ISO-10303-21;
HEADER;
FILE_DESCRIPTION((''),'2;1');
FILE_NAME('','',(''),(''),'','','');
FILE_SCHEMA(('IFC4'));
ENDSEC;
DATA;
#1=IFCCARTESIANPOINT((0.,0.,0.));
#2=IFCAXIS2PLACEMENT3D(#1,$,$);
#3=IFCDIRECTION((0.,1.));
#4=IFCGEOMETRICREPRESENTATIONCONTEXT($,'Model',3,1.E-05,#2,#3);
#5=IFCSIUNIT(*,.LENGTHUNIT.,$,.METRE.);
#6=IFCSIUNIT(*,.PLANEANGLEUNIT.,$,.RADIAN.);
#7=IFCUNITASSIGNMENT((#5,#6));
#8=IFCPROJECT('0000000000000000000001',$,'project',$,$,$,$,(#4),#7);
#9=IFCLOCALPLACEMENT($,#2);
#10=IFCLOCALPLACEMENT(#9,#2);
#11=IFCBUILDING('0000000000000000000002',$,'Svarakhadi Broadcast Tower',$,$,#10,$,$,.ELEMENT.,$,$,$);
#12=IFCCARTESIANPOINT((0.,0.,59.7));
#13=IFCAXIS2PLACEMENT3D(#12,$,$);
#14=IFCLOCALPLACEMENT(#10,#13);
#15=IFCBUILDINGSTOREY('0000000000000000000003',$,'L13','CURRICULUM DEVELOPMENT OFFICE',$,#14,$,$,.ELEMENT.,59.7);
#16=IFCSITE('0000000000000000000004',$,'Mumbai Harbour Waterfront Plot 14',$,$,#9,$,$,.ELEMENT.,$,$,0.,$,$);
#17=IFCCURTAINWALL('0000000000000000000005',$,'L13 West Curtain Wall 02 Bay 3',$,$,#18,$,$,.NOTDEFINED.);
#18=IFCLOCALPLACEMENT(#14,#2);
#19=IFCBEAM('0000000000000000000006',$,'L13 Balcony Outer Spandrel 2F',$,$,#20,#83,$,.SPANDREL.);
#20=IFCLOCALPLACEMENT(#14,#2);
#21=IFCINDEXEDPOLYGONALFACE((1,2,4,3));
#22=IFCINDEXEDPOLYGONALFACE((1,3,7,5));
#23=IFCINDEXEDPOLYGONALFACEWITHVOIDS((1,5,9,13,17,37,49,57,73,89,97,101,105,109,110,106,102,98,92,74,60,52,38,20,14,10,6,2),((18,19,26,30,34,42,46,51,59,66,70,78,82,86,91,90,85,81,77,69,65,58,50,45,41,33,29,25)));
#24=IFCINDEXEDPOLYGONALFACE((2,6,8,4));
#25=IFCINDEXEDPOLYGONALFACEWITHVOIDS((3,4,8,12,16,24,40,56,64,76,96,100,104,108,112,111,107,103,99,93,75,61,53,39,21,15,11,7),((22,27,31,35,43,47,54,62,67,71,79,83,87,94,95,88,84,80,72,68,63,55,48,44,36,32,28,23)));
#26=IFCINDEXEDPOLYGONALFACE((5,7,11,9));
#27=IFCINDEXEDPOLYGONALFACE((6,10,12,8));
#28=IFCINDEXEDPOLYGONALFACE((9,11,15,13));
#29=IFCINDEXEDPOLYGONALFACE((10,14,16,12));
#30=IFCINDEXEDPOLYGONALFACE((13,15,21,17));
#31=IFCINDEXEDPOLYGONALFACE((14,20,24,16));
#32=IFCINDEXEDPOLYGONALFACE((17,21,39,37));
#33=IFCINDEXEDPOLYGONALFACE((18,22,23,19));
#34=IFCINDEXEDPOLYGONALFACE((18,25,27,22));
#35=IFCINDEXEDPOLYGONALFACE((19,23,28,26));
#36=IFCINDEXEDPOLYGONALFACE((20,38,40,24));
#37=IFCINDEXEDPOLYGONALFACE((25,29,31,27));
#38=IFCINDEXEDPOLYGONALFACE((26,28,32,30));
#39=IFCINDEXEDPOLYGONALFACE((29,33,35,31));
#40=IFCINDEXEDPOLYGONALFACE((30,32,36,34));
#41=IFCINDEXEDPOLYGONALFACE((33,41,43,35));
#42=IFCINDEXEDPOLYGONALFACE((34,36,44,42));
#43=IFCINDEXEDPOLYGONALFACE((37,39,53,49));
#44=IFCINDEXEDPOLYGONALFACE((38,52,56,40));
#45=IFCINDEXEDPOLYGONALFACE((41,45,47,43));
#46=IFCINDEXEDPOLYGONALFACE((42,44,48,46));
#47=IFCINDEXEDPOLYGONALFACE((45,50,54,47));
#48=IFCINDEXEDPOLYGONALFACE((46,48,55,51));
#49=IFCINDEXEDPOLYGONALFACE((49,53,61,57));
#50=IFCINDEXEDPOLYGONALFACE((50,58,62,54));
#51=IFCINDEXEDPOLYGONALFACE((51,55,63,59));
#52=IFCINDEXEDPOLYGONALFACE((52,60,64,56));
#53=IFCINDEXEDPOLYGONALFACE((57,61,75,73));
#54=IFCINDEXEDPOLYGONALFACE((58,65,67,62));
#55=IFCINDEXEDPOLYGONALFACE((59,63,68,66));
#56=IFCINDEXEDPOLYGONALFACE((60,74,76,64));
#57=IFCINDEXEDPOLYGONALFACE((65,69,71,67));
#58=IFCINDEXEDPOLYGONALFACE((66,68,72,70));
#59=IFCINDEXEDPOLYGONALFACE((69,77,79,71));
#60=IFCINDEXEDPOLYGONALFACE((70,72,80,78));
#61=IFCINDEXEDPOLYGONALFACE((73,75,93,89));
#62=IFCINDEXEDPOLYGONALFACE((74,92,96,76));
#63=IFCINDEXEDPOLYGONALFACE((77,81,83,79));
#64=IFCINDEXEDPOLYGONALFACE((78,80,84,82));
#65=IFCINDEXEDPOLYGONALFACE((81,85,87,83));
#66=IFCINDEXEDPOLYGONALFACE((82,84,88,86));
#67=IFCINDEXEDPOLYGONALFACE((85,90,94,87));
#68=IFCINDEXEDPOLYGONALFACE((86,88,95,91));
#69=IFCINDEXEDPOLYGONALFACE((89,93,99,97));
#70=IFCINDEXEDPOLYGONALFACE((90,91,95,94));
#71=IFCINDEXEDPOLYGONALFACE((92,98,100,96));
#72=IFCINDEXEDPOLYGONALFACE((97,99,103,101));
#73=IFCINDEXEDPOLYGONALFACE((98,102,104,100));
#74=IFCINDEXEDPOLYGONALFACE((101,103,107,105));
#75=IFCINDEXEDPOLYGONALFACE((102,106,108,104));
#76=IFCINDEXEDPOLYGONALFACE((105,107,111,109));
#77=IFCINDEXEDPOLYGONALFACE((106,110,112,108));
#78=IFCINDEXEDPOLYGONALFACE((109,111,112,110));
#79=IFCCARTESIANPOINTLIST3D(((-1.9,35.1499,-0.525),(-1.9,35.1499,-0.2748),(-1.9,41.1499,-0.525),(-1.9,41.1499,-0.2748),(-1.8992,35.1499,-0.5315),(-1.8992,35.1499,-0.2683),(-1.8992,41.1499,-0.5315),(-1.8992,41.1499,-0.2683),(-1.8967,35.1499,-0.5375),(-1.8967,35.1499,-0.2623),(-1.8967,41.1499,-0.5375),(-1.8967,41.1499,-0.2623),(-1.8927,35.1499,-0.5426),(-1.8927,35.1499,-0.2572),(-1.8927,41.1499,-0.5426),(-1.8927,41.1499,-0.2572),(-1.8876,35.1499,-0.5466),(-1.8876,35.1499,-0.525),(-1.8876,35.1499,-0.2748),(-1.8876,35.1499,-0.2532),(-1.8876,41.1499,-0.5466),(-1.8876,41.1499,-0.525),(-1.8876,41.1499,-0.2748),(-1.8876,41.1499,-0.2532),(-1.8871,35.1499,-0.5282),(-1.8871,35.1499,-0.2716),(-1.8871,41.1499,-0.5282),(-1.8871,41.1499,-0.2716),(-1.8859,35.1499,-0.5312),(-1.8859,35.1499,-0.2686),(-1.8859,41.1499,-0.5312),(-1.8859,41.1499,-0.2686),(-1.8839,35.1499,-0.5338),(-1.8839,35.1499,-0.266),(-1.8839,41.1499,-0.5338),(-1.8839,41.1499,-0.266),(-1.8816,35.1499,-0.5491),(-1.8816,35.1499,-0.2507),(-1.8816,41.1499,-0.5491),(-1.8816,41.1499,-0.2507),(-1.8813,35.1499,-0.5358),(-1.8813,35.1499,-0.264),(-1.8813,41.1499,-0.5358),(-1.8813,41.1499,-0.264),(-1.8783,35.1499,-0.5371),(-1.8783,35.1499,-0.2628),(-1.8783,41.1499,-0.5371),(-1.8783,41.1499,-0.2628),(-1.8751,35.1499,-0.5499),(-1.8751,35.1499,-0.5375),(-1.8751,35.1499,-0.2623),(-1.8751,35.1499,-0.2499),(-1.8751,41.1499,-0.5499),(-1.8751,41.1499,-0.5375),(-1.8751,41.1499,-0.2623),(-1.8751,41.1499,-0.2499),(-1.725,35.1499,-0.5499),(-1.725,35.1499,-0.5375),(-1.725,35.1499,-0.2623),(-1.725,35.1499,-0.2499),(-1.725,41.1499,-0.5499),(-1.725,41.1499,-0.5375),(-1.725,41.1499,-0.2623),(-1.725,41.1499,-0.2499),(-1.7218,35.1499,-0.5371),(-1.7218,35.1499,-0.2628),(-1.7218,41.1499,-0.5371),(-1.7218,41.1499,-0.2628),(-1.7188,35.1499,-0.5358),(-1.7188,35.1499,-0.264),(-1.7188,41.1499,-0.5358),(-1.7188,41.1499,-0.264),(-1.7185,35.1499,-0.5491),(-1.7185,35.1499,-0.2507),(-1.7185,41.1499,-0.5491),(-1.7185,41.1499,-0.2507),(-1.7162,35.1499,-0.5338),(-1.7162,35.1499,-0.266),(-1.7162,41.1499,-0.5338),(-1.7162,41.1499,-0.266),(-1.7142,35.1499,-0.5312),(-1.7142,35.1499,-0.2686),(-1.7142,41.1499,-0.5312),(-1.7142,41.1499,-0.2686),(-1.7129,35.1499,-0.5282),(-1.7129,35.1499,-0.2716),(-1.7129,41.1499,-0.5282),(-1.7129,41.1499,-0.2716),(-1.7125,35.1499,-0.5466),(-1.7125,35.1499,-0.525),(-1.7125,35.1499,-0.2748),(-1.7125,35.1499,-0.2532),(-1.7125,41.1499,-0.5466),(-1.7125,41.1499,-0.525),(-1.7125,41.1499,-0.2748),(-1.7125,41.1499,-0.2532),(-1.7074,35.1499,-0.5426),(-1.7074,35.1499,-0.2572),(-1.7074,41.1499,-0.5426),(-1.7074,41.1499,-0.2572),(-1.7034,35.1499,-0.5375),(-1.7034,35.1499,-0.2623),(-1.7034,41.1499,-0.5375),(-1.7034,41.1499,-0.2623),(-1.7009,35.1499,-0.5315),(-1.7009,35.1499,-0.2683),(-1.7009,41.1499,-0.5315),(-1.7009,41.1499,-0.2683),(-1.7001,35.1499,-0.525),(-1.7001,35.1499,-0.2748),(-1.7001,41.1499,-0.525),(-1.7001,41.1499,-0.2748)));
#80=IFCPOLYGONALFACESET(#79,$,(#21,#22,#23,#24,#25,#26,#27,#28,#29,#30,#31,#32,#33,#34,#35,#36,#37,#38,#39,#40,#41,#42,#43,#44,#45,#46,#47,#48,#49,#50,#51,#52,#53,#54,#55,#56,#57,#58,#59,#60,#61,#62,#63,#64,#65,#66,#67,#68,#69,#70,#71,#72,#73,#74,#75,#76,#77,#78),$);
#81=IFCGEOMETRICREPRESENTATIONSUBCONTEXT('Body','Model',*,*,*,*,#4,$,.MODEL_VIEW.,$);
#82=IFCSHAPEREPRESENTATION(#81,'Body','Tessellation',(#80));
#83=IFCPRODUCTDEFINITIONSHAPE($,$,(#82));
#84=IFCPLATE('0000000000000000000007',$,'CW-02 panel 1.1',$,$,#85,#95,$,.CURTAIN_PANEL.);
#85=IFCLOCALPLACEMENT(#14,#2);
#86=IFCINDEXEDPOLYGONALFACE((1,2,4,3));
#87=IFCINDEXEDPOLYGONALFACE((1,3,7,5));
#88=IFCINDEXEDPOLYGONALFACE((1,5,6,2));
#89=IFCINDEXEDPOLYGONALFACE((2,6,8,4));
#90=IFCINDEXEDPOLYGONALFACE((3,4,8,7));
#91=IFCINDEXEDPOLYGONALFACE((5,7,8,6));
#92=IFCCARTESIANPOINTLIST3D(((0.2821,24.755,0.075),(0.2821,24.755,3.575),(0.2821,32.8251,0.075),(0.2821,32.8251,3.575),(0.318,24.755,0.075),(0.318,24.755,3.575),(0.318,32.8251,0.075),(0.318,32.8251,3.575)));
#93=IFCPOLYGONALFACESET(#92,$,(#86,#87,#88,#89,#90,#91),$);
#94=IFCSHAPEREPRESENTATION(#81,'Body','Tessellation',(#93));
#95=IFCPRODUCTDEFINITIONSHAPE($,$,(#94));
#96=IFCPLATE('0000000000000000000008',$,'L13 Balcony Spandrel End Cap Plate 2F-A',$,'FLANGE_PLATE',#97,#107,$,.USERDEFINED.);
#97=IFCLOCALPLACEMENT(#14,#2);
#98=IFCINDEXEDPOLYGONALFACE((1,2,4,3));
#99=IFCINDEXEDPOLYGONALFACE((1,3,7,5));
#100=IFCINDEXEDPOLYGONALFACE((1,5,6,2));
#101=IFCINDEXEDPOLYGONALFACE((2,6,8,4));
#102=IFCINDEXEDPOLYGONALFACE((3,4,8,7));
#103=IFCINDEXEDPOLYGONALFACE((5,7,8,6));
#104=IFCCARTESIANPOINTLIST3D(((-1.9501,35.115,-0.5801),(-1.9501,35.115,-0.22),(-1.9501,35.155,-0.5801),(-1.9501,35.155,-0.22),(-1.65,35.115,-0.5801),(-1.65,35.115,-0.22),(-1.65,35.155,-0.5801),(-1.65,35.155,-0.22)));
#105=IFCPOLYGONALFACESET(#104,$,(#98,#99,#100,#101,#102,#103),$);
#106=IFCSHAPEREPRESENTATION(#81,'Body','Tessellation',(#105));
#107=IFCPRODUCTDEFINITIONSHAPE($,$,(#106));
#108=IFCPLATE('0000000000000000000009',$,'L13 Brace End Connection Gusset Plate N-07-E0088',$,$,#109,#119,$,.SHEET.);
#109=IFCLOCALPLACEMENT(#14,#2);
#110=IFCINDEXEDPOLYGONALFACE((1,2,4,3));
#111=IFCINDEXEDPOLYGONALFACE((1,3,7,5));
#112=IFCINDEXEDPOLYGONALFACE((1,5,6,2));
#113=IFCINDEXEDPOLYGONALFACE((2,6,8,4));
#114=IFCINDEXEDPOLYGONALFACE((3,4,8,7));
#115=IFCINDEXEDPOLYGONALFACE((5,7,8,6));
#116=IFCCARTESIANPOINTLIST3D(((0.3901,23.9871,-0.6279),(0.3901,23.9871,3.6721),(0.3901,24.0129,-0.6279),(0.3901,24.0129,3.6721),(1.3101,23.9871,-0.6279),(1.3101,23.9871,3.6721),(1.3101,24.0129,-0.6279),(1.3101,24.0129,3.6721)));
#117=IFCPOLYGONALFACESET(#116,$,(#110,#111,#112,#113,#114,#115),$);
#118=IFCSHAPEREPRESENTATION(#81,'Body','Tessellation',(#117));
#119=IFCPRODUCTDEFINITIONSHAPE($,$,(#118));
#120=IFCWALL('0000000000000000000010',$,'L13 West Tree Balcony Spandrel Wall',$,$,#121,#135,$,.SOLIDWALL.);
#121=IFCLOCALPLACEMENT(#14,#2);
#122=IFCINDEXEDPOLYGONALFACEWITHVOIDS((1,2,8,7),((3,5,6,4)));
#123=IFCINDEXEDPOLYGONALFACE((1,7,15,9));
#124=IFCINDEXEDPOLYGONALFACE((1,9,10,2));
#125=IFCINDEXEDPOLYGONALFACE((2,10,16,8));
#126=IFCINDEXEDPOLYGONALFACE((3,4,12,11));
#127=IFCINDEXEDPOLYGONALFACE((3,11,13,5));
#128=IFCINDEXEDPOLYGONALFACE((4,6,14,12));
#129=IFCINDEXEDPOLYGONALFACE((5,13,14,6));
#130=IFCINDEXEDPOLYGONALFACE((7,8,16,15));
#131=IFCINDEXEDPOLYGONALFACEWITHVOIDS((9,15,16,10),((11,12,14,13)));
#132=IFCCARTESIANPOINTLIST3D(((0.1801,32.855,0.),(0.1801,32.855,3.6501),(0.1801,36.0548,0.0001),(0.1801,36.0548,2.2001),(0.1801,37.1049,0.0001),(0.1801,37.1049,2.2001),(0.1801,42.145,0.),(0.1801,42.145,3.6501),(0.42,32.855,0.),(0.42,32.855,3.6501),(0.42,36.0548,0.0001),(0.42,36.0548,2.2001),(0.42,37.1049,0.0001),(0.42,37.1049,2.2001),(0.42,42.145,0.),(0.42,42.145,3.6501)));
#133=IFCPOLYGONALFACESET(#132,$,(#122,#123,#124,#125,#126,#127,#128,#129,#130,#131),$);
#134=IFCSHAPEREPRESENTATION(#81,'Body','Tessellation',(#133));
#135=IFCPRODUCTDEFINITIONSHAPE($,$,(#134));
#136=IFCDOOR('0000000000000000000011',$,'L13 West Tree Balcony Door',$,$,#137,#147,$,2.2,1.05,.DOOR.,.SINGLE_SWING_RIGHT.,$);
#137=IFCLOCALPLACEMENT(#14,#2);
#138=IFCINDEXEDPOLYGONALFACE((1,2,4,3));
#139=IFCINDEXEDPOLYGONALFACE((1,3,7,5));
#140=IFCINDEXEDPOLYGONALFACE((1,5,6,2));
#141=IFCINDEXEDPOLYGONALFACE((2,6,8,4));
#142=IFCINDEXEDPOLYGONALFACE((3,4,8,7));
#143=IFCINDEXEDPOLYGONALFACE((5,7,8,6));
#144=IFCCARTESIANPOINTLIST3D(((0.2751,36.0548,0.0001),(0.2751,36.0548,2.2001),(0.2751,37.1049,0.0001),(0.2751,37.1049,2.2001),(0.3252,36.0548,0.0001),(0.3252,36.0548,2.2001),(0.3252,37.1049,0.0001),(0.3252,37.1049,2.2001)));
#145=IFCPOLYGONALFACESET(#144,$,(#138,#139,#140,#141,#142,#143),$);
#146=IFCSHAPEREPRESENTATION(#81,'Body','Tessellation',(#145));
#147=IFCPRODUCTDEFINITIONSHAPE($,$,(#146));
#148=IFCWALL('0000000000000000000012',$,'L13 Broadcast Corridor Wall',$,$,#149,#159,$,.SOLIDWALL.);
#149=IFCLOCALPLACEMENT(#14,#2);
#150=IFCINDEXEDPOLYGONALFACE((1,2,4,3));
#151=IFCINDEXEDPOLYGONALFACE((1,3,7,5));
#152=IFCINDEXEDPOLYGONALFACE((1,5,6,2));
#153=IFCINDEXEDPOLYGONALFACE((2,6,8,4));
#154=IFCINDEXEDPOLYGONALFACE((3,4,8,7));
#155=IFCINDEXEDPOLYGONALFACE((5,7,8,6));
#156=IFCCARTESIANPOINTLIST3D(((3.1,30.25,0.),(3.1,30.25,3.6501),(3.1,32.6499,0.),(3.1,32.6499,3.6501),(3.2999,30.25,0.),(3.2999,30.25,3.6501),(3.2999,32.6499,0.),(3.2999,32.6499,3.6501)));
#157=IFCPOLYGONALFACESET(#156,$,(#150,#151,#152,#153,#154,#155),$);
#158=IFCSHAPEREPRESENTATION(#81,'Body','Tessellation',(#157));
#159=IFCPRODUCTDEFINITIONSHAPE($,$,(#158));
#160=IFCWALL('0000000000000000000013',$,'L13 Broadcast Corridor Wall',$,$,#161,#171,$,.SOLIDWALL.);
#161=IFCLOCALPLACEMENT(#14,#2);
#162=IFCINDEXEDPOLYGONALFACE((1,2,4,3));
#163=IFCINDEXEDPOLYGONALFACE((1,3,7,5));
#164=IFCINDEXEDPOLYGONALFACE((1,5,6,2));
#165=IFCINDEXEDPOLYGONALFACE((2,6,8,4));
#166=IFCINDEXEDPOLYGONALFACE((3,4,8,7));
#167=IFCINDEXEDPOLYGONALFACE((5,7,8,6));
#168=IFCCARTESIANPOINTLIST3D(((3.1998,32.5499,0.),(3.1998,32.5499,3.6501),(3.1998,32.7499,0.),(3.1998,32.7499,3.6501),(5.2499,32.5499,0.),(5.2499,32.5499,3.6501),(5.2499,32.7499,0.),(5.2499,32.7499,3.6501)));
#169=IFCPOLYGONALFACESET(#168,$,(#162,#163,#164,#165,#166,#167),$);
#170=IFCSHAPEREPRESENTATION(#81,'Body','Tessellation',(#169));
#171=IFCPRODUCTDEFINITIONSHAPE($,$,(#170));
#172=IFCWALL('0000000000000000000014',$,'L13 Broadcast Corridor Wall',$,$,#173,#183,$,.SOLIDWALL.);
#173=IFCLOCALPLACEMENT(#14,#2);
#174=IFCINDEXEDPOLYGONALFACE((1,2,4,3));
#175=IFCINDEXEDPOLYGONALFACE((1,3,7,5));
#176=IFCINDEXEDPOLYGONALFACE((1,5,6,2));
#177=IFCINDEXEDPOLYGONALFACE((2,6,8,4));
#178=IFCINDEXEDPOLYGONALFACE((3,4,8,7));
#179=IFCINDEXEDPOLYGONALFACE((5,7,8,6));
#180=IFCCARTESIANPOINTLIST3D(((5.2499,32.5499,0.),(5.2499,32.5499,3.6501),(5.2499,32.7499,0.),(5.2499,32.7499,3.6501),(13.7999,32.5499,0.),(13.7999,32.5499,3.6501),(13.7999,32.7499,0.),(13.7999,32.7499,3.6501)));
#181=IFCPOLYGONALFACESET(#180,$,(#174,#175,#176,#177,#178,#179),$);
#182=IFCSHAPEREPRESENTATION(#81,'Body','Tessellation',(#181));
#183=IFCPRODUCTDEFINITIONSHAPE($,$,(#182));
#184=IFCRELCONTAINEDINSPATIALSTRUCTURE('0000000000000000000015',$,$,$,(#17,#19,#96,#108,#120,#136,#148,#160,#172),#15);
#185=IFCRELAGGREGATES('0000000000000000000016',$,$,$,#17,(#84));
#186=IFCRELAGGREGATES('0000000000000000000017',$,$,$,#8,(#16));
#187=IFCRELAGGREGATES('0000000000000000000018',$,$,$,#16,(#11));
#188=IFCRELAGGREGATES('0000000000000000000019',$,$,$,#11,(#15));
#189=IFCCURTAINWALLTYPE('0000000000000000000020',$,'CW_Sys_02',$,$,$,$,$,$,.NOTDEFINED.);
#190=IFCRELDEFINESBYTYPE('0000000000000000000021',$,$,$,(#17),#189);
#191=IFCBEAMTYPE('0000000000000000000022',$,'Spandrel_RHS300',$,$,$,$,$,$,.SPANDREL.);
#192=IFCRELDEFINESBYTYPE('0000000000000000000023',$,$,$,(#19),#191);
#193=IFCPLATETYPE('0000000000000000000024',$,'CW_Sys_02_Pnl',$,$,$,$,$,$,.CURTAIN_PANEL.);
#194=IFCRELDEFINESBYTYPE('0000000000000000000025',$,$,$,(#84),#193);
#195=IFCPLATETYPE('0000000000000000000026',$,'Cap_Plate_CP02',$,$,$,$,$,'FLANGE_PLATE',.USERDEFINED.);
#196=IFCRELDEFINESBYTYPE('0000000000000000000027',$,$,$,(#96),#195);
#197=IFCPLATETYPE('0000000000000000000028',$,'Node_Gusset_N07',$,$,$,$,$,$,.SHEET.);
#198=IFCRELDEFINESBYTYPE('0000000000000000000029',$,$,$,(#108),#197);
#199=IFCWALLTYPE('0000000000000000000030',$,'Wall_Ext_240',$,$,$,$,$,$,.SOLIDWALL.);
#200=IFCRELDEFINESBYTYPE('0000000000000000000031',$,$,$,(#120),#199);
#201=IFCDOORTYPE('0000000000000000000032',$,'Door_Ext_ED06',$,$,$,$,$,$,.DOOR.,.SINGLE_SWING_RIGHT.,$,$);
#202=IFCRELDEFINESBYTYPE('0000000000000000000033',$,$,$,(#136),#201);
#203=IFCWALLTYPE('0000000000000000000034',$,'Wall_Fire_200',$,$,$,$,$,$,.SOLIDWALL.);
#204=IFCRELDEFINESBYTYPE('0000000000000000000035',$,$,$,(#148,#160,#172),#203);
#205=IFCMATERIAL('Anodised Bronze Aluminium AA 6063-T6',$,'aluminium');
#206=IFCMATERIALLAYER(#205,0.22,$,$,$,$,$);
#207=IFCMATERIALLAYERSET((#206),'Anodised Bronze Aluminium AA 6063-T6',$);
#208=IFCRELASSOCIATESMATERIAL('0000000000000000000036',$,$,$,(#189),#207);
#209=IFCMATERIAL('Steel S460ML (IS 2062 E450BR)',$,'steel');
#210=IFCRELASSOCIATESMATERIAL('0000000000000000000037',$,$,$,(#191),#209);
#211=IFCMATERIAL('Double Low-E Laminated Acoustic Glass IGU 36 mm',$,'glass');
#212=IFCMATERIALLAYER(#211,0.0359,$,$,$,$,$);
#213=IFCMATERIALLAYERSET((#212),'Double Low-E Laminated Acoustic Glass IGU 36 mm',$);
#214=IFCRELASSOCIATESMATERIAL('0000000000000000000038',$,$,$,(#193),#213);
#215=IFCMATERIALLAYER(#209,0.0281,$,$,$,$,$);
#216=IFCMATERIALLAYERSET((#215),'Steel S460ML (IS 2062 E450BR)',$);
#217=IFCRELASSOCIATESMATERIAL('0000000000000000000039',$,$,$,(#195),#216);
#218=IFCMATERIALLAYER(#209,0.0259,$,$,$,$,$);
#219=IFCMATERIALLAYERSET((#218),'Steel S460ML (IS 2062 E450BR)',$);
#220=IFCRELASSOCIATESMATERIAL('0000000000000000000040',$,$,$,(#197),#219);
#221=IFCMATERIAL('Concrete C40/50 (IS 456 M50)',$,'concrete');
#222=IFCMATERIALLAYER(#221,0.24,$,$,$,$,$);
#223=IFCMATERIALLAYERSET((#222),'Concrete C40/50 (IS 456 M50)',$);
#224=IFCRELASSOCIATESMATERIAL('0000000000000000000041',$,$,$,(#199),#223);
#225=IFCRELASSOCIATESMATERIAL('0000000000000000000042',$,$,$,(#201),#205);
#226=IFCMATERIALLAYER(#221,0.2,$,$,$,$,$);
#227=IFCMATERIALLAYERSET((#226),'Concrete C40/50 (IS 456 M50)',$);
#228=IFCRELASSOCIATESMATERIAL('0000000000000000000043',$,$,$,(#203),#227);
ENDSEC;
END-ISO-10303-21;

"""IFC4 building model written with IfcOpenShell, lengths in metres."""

from ifc_helpers import new_model, si_unit, direction, frame, frame_2d, origin, origin_2d, place, context, subcontext, project, spatial, rectangle, hollow_rectangle, extrude, material, layer, layer_set, material_profile, profile_set, type_object, element, fill, aggregate, save


model = new_model("IFC4")

# Units and contexts
model_context = context("Model", 3, precision=1e-05, world=origin(), true_north=direction((0.0, 1.0)))
body_context = subcontext(model_context, "Body", "Model", "MODEL_VIEW")
ifc_project = project(units=[si_unit("LENGTHUNIT", "METRE"), si_unit("PLANEANGLEUNIT", "RADIAN")], contexts=[model_context])

# Site, building, storey
site_placement = place(None, origin())
site = spatial("IfcSite", under=ifc_project, at=site_placement, Name="Mumbai Harbour Waterfront Plot 14", CompositionType="ELEMENT", RefElevation=0.0)
building_placement = place(site_placement, origin())
building = spatial("IfcBuilding", under=site, at=building_placement, Name="Svarakhadi Broadcast Tower", CompositionType="ELEMENT")
storey_placement = place(building_placement, frame((0.0, 0.0, 59.7)))
storey = spatial("IfcBuildingStorey", under=building, at=storey_placement, Name="L13", Description="CURRICULUM DEVELOPMENT OFFICE", CompositionType="ELEMENT", Elevation=59.7)

# Shared definitions
ifc_material_1 = material(Name="Steel S460ML (IS 2062 E450BR)", Category="steel")

# Curtain wall
ifc_material_2 = material(Name="Anodised Bronze Aluminium AA 6063-T6", Category="aluminium")
ifc_layer_1 = layer(ifc_material_2, 0.22)
ifc_layer_set_1 = layer_set([ifc_layer_1], Name="Anodised Bronze Aluminium AA 6063-T6")
curtain_wall_type = type_object("IfcCurtainWallType", Name="CW_Sys_02", PredefinedType="NOTDEFINED", material=ifc_layer_set_1)
curtain_wall_placement = place(storey_placement, origin())
curtain_wall = element("IfcCurtainWall", 1, at=curtain_wall_placement, inside=storey, type_object=curtain_wall_type, Name="L13 West Curtain Wall 02 Bay 3", PredefinedType="NOTDEFINED")

# Beam
ifc_material_profile_1 = material_profile(ifc_material_1, hollow_rectangle(XDim=0.2, YDim=0.3, WallThickness=0.0125, InnerFilletRadius=0.0125, OuterFilletRadius=0.0249, at=origin_2d()), Name="RHS 300x200x12.5")
ifc_profile_set_1 = profile_set([ifc_material_profile_1], Name="Steel S460ML (IS 2062 E450BR)")
beam_type_1 = type_object("IfcBeamType", Name="Spandrel_RHS300", PredefinedType="SPANDREL", material=ifc_profile_set_1)
beam_1_placement = place(storey_placement, frame((-1.8, 35.1499, -0.3999), z_axis=(0.0, 1.0, 0.0), x_axis=(-1.0, 0.0, 0.0)))
element("IfcBeam", 2, at=beam_1_placement, inside=storey, type_object=beam_type_1, Name="L13 Balcony Outer Spandrel 2F", PredefinedType="SPANDREL", context=body_context, shape_type="SweptSolid", body=[
    extrude(hollow_rectangle(XDim=0.2, YDim=0.3, WallThickness=0.0125, InnerFilletRadius=0.0125, OuterFilletRadius=0.0249, at=origin_2d()), origin(), (0.0, 0.0, 1.0), 6.0),
])

# Plate
ifc_material_3 = material(Name="Double Low-E Laminated Acoustic Glass IGU 36 mm", Category="glass")
ifc_layer_2 = layer(ifc_material_3, 0.0359)
ifc_layer_set_2 = layer_set([ifc_layer_2], Name="Double Low-E Laminated Acoustic Glass IGU 36 mm")
plate_type_1 = type_object("IfcPlateType", Name="CW_Sys_02_Pnl", PredefinedType="CURTAIN_PANEL", material=ifc_layer_set_2)
plate_1_placement = place(storey_placement, frame((0.3, 28.79, 0.075), z_axis=(0.0, 0.0, 1.0), x_axis=(0.0, 1.0, 0.0)))
plate_1 = element("IfcPlate", 3, at=plate_1_placement, type_object=plate_type_1, Name="CW-02 panel 1.1", PredefinedType="CURTAIN_PANEL", context=body_context, shape_type="SweptSolid", body=[
    extrude(rectangle(XDim=8.0701, YDim=0.0359, at=origin_2d()), origin(), (0.0, 0.0, 1.0), 3.5),
])
aggregate(curtain_wall, [plate_1])

# Plates
ifc_layer_3 = layer(ifc_material_1, 0.0281)
ifc_layer_set_3 = layer_set([ifc_layer_3], Name="Steel S460ML (IS 2062 E450BR)")
plate_type_2 = type_object("IfcPlateType", Name="Cap_Plate_CP02", ElementType="FLANGE_PLATE", PredefinedType="USERDEFINED", material=ifc_layer_set_3)
plate_2_placement = place(storey_placement, frame((-1.8, 35.135, -0.5801), z_axis=(0.0, 0.0, 1.0), x_axis=(1.0, 0.0, 0.0)))
element("IfcPlate", 4, at=plate_2_placement, inside=storey, type_object=plate_type_2, Name="L13 Balcony Spandrel End Cap Plate 2F-A", ObjectType="FLANGE_PLATE", PredefinedType="USERDEFINED", context=body_context, shape_type="SweptSolid", body=[
    extrude(rectangle(XDim=0.3, YDim=0.04, at=origin_2d()), origin(), (0.0, 0.0, 1.0), 0.3601),
])
ifc_layer_4 = layer(ifc_material_1, 0.0259)
ifc_layer_set_4 = layer_set([ifc_layer_4], Name="Steel S460ML (IS 2062 E450BR)")
plate_type_3 = type_object("IfcPlateType", Name="Node_Gusset_N07", PredefinedType="SHEET", material=ifc_layer_set_4)
plate_3_placement = place(storey_placement, frame((0.8501, 24.0, -0.6279), z_axis=(0.0, 0.0, 1.0), x_axis=(1.0, 0.0, 0.0)))
element("IfcPlate", 5, at=plate_3_placement, inside=storey, type_object=plate_type_3, Name="L13 Brace End Connection Gusset Plate N-07-E0088", PredefinedType="SHEET", context=body_context, shape_type="SweptSolid", body=[
    extrude(rectangle(XDim=0.9199, YDim=0.0259, at=origin_2d()), origin(), (0.0, 0.0, 1.0), 4.3),
])

# Wall, opening, door
ifc_material_4 = material(Name="Concrete C40/50 (IS 456 M50)", Category="concrete")
ifc_layer_5 = layer(ifc_material_4, 0.24)
ifc_layer_set_5 = layer_set([ifc_layer_5], Name="Concrete C40/50 (IS 456 M50)")
wall_type_1 = type_object("IfcWallType", Name="Wall_Ext_240", PredefinedType="SOLIDWALL", material=ifc_layer_set_5)
wall_1_placement = place(storey_placement, frame((0.3, 32.855, 0.0), z_axis=(0.0, 0.0, 1.0), x_axis=(0.0, 1.0, 0.0)))
wall_1 = element("IfcWall", 6, at=wall_1_placement, inside=storey, type_object=wall_type_1, Name="L13 West Tree Balcony Spandrel Wall", PredefinedType="SOLIDWALL", context=body_context, shape_type="SweptSolid", body=[
    extrude(rectangle(XDim=9.29, YDim=0.24, at=frame_2d((4.645, 0.0))), origin(), (0.0, 0.0, 1.0), 3.6501),
])
opening_1_placement = place(wall_1_placement, frame((3.2, 0.0, 0.0)))
opening_1 = element("IfcOpeningElement", 7, at=opening_1_placement, cuts=wall_1, PredefinedType="OPENING", context=body_context, shape_type="SweptSolid", body=[
    extrude(rectangle(XDim=1.05, YDim=2.2, at=frame_2d((0.5249, 1.1001))), frame((0.0, 0.1299, 0.0), z_axis=(0.0, -1.0, 0.0), x_axis=(1.0, 0.0, 0.0)), (0.0, 0.0, 1.0), 0.26),
])
door_type_1 = type_object("IfcDoorType", Name="Door_Ext_ED06", OperationType="SINGLE_SWING_RIGHT", PredefinedType="DOOR", material=ifc_material_2)
door_1_placement = place(opening_1_placement, origin())
door_1 = element("IfcDoor", 8, at=door_1_placement, inside=storey, type_object=door_type_1, Name="L13 West Tree Balcony Door", OperationType="SINGLE_SWING_RIGHT", OverallHeight=2.2, OverallWidth=1.05, PredefinedType="DOOR", context=body_context, shape_type="SweptSolid", body=[
    extrude(rectangle(XDim=1.05, YDim=2.2, at=frame_2d((0.5249, 1.1001))), frame((0.0, 0.0249, 0.0), z_axis=(0.0, -1.0, 0.0), x_axis=(1.0, 0.0, 0.0)), (0.0, 0.0, 1.0), 0.05),
])
fill(opening_1, door_1)

# Walls
ifc_layer_6 = layer(ifc_material_4, 0.2)
ifc_layer_set_6 = layer_set([ifc_layer_6], Name="Concrete C40/50 (IS 456 M50)")
wall_type_2 = type_object("IfcWallType", Name="Wall_Fire_200", PredefinedType="SOLIDWALL", material=ifc_layer_set_6)
wall_2_placement = place(storey_placement, frame((3.2, 30.25, 0.0), z_axis=(0.0, 0.0, 1.0), x_axis=(0.0, 1.0, 0.0)))
element("IfcWall", 9, at=wall_2_placement, inside=storey, type_object=wall_type_2, Name="L13 Broadcast Corridor Wall", PredefinedType="SOLIDWALL", context=body_context, shape_type="SweptSolid", body=[
    extrude(rectangle(XDim=2.3999, YDim=0.2, at=frame_2d((1.2, 0.0))), origin(), (0.0, 0.0, 1.0), 3.6501),
])
wall_3_placement = place(storey_placement, frame((3.2, 32.6499, 0.0), z_axis=(0.0, 0.0, 1.0), x_axis=(1.0, 0.0, 0.0)))
element("IfcWall", 10, at=wall_3_placement, inside=storey, type_object=wall_type_2, Name="L13 Broadcast Corridor Wall", PredefinedType="SOLIDWALL", context=body_context, shape_type="SweptSolid", body=[
    extrude(rectangle(XDim=2.05, YDim=0.2, at=frame_2d((1.0249, 0.0))), origin(), (0.0, 0.0, 1.0), 3.6501),
])
wall_4_placement = place(storey_placement, frame((5.25, 32.6499, 0.0), z_axis=(0.0, 0.0, 1.0), x_axis=(1.0, 0.0, 0.0)))
element("IfcWall", 11, at=wall_4_placement, inside=storey, type_object=wall_type_2, Name="L13 Broadcast Corridor Wall", PredefinedType="SOLIDWALL", context=body_context, shape_type="SweptSolid", body=[
    extrude(rectangle(XDim=8.55, YDim=0.2, at=frame_2d((4.2749, 0.0))), origin(), (0.0, 0.0, 1.0), 3.6501),
])

save(model, "model.ifc")
